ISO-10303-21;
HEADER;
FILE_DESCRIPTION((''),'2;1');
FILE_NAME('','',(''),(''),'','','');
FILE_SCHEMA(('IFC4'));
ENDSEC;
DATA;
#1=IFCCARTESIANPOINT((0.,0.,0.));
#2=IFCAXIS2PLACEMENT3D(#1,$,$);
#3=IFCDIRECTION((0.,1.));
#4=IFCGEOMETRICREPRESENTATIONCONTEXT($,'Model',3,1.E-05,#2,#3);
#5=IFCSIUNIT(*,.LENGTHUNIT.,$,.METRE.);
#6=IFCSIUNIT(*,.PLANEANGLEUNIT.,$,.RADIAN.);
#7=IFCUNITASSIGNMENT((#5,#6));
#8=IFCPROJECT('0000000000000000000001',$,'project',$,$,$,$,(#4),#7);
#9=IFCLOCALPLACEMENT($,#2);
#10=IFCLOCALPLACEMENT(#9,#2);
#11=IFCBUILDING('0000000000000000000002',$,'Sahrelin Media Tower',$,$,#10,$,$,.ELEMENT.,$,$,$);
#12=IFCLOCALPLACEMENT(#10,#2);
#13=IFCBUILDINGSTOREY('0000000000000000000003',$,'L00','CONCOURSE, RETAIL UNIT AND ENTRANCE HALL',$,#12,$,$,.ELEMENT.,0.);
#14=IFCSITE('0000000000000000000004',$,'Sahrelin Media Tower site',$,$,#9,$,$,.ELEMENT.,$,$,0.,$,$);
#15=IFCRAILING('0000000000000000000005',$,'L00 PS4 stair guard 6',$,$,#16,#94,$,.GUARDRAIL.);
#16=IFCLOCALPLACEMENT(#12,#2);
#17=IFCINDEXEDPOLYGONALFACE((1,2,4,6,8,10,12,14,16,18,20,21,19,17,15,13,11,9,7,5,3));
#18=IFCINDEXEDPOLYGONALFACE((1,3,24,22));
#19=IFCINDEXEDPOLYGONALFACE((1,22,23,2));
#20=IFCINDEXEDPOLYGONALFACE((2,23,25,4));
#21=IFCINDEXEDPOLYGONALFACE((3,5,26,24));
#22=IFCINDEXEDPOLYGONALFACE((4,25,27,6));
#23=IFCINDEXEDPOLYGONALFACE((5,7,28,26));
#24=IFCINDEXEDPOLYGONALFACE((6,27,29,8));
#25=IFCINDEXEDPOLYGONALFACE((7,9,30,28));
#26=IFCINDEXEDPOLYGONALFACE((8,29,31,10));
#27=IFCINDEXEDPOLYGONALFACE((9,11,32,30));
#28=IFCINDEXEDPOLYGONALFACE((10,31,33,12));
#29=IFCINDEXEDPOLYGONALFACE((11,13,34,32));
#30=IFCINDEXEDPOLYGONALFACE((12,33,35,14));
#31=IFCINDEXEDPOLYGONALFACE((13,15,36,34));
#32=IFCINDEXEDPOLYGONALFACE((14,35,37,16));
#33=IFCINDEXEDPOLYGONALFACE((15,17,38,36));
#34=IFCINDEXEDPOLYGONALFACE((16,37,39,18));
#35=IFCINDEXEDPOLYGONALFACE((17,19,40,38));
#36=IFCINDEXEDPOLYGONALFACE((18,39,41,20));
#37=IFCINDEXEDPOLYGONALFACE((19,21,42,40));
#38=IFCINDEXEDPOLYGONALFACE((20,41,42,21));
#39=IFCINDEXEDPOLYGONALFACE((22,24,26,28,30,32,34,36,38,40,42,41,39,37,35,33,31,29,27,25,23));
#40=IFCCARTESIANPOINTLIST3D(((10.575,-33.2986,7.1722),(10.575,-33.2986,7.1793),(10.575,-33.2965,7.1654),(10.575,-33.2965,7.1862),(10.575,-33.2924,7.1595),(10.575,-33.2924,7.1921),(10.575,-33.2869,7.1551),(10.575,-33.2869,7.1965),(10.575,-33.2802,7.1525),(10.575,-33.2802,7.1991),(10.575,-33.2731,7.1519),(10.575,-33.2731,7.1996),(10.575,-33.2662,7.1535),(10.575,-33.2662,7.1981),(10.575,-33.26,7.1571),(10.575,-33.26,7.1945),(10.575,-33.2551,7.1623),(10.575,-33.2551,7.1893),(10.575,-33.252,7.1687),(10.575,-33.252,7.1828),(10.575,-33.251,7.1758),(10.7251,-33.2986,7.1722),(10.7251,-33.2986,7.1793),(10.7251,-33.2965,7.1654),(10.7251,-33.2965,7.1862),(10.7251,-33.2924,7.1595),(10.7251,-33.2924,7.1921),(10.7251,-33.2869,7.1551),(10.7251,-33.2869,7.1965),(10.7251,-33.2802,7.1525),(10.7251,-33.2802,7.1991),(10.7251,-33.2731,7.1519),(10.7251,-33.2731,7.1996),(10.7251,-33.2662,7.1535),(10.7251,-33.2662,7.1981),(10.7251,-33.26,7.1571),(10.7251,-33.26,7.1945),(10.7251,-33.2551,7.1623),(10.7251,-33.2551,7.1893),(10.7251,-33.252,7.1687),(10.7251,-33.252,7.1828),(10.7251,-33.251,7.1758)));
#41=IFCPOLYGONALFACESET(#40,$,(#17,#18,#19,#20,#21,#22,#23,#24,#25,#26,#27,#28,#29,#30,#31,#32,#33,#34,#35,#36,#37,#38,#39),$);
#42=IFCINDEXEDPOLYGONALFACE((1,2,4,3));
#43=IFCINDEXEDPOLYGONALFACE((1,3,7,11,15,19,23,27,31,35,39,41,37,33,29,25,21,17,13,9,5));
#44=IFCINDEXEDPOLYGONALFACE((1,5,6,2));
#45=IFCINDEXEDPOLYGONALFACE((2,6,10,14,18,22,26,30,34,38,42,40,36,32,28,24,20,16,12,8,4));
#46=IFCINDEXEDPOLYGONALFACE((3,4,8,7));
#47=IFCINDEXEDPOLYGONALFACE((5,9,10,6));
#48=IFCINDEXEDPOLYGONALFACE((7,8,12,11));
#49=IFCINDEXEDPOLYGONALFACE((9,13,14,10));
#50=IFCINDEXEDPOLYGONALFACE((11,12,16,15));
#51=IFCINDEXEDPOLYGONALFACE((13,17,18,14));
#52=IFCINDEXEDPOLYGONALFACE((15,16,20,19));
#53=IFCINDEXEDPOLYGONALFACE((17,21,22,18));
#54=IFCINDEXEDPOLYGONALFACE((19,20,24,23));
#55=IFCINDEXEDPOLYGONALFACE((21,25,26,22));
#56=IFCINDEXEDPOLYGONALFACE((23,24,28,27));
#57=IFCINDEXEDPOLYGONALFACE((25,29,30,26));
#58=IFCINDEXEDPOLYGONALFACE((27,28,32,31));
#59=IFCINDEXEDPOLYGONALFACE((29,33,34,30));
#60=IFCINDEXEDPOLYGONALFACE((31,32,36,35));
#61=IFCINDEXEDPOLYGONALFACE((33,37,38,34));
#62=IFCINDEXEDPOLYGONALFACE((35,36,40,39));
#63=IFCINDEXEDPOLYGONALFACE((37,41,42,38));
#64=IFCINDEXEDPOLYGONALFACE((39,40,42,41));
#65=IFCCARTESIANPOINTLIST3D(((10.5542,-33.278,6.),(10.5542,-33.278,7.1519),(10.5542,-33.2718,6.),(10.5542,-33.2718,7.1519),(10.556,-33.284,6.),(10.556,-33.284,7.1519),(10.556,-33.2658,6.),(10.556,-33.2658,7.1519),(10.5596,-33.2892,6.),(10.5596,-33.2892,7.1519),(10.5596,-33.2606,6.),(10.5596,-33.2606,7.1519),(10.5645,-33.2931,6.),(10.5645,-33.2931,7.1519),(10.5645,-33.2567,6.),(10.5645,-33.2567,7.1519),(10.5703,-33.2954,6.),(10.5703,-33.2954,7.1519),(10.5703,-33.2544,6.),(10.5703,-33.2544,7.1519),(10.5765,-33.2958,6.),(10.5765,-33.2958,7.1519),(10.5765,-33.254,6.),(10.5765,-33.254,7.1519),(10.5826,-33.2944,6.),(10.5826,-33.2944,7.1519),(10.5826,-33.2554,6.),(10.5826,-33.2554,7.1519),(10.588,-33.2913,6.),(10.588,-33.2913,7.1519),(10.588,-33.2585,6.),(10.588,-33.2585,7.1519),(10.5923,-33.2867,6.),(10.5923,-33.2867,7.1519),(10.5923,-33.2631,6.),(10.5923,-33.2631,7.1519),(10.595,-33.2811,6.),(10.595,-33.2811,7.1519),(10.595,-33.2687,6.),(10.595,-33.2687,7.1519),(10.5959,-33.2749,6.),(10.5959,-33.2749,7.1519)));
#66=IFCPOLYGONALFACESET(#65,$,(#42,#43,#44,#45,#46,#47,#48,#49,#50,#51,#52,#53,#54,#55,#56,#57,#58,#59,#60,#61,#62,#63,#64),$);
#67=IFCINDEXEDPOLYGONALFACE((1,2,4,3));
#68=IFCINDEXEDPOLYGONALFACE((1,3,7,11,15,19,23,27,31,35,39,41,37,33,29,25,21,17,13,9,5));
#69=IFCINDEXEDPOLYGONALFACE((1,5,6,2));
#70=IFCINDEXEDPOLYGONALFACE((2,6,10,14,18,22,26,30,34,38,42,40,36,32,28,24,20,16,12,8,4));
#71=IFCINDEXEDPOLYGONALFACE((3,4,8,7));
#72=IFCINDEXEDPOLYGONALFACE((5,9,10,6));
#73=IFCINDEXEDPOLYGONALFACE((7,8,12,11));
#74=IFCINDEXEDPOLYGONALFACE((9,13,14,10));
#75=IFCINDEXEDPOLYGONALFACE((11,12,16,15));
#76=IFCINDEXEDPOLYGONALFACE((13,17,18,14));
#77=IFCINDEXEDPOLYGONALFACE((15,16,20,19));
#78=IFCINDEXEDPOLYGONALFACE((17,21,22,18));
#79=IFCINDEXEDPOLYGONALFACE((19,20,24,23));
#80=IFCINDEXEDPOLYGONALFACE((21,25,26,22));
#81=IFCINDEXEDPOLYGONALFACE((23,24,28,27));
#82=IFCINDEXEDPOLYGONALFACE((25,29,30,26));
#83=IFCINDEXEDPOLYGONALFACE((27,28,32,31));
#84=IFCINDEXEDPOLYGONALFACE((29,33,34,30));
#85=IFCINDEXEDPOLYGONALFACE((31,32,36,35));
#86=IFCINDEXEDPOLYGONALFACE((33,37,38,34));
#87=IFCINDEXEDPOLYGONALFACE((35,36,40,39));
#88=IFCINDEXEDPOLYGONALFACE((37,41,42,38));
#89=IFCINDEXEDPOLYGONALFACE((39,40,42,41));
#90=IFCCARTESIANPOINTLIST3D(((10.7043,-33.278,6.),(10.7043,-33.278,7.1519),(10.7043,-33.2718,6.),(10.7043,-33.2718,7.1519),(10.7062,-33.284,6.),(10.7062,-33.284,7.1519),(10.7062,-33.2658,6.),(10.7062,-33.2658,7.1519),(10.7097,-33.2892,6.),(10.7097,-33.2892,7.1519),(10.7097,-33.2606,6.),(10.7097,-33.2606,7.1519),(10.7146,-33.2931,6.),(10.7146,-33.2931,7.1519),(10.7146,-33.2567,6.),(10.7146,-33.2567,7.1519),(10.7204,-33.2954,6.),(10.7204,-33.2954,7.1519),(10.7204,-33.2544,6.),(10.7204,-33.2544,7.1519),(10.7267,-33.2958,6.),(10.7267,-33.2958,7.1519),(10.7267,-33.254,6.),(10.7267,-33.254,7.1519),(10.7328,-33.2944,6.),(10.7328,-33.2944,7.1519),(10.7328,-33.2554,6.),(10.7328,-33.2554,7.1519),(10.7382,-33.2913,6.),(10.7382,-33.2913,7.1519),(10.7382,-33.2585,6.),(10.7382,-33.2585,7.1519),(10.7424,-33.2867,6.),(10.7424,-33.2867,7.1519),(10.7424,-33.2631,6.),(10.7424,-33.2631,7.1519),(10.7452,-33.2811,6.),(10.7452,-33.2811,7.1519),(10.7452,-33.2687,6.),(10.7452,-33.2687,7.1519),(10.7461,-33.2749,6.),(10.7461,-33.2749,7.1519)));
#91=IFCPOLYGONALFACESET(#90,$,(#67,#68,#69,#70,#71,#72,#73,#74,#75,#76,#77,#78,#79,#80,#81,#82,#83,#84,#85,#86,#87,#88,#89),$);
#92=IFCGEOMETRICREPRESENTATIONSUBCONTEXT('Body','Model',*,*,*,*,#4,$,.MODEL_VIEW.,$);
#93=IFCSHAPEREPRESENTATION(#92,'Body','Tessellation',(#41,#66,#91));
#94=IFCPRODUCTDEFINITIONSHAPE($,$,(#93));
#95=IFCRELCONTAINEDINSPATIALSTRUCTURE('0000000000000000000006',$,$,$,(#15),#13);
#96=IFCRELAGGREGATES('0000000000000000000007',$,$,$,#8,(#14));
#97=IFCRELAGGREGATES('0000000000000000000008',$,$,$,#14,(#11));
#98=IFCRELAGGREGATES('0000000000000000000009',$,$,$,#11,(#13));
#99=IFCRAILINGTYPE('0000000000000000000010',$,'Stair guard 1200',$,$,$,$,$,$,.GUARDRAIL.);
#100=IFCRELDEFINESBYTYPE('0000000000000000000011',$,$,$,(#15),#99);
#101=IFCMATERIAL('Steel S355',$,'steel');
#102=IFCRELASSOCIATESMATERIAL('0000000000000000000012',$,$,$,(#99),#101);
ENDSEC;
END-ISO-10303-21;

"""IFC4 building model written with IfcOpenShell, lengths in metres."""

from ifc_helpers import new_model, si_unit, direction, frame, origin, origin_2d, place, context, subcontext, project, spatial, circle, extrude, material, type_object, element, save


model = new_model("IFC4")

# Units and contexts
model_context = context("Model", 3, precision=1e-05, world=origin(), true_north=direction((0.0, 1.0)))
body_context = subcontext(model_context, "Body", "Model", "MODEL_VIEW")
ifc_project = project(units=[si_unit("LENGTHUNIT", "METRE"), si_unit("PLANEANGLEUNIT", "RADIAN")], contexts=[model_context])

# Site, building, storey
site_placement = place(None, origin())
site = spatial("IfcSite", under=ifc_project, at=site_placement, Name="Sahrelin Media Tower site", CompositionType="ELEMENT", RefElevation=0.0)
building_placement = place(site_placement, origin())
building = spatial("IfcBuilding", under=site, at=building_placement, Name="Sahrelin Media Tower", CompositionType="ELEMENT")
storey_placement = place(building_placement, origin())
storey = spatial("IfcBuildingStorey", under=building, at=storey_placement, Name="L00", Description="CONCOURSE, RETAIL UNIT AND ENTRANCE HALL", CompositionType="ELEMENT", Elevation=0.0)

# Shared definitions
ifc_material_1 = material(Name="Steel S355", Category="steel")

# Railing
railing_type_1 = type_object("IfcRailingType", Name="Stair guard 1200", PredefinedType="GUARDRAIL", material=ifc_material_1)
railing_1_placement = place(storey_placement, frame((10.575, -33.2749, 6.0)))
element("IfcRailing", 1, at=railing_1_placement, inside=storey, type_object=railing_type_1, Name="L00 PS4 stair guard 6", PredefinedType="GUARDRAIL", context=body_context, shape_type="SweptSolid", body=[
    extrude(circle(Radius=0.0239, at=origin_2d()), frame((0.0, 0.0, 1.1758), z_axis=(1.0, 0.0, 0.0), x_axis=(0.0, 1.0, 0.0)), (0.0, 0.0, 1.0), 0.1501),
    extrude(circle(Radius=0.021, at=origin_2d()), origin(), (0.0, 0.0, 1.0), 1.1519),
    extrude(circle(Radius=0.021, at=origin_2d()), frame((0.1501, 0.0, 0.0)), (0.0, 0.0, 1.0), 1.1519),
])

save(model, "model.ifc")
